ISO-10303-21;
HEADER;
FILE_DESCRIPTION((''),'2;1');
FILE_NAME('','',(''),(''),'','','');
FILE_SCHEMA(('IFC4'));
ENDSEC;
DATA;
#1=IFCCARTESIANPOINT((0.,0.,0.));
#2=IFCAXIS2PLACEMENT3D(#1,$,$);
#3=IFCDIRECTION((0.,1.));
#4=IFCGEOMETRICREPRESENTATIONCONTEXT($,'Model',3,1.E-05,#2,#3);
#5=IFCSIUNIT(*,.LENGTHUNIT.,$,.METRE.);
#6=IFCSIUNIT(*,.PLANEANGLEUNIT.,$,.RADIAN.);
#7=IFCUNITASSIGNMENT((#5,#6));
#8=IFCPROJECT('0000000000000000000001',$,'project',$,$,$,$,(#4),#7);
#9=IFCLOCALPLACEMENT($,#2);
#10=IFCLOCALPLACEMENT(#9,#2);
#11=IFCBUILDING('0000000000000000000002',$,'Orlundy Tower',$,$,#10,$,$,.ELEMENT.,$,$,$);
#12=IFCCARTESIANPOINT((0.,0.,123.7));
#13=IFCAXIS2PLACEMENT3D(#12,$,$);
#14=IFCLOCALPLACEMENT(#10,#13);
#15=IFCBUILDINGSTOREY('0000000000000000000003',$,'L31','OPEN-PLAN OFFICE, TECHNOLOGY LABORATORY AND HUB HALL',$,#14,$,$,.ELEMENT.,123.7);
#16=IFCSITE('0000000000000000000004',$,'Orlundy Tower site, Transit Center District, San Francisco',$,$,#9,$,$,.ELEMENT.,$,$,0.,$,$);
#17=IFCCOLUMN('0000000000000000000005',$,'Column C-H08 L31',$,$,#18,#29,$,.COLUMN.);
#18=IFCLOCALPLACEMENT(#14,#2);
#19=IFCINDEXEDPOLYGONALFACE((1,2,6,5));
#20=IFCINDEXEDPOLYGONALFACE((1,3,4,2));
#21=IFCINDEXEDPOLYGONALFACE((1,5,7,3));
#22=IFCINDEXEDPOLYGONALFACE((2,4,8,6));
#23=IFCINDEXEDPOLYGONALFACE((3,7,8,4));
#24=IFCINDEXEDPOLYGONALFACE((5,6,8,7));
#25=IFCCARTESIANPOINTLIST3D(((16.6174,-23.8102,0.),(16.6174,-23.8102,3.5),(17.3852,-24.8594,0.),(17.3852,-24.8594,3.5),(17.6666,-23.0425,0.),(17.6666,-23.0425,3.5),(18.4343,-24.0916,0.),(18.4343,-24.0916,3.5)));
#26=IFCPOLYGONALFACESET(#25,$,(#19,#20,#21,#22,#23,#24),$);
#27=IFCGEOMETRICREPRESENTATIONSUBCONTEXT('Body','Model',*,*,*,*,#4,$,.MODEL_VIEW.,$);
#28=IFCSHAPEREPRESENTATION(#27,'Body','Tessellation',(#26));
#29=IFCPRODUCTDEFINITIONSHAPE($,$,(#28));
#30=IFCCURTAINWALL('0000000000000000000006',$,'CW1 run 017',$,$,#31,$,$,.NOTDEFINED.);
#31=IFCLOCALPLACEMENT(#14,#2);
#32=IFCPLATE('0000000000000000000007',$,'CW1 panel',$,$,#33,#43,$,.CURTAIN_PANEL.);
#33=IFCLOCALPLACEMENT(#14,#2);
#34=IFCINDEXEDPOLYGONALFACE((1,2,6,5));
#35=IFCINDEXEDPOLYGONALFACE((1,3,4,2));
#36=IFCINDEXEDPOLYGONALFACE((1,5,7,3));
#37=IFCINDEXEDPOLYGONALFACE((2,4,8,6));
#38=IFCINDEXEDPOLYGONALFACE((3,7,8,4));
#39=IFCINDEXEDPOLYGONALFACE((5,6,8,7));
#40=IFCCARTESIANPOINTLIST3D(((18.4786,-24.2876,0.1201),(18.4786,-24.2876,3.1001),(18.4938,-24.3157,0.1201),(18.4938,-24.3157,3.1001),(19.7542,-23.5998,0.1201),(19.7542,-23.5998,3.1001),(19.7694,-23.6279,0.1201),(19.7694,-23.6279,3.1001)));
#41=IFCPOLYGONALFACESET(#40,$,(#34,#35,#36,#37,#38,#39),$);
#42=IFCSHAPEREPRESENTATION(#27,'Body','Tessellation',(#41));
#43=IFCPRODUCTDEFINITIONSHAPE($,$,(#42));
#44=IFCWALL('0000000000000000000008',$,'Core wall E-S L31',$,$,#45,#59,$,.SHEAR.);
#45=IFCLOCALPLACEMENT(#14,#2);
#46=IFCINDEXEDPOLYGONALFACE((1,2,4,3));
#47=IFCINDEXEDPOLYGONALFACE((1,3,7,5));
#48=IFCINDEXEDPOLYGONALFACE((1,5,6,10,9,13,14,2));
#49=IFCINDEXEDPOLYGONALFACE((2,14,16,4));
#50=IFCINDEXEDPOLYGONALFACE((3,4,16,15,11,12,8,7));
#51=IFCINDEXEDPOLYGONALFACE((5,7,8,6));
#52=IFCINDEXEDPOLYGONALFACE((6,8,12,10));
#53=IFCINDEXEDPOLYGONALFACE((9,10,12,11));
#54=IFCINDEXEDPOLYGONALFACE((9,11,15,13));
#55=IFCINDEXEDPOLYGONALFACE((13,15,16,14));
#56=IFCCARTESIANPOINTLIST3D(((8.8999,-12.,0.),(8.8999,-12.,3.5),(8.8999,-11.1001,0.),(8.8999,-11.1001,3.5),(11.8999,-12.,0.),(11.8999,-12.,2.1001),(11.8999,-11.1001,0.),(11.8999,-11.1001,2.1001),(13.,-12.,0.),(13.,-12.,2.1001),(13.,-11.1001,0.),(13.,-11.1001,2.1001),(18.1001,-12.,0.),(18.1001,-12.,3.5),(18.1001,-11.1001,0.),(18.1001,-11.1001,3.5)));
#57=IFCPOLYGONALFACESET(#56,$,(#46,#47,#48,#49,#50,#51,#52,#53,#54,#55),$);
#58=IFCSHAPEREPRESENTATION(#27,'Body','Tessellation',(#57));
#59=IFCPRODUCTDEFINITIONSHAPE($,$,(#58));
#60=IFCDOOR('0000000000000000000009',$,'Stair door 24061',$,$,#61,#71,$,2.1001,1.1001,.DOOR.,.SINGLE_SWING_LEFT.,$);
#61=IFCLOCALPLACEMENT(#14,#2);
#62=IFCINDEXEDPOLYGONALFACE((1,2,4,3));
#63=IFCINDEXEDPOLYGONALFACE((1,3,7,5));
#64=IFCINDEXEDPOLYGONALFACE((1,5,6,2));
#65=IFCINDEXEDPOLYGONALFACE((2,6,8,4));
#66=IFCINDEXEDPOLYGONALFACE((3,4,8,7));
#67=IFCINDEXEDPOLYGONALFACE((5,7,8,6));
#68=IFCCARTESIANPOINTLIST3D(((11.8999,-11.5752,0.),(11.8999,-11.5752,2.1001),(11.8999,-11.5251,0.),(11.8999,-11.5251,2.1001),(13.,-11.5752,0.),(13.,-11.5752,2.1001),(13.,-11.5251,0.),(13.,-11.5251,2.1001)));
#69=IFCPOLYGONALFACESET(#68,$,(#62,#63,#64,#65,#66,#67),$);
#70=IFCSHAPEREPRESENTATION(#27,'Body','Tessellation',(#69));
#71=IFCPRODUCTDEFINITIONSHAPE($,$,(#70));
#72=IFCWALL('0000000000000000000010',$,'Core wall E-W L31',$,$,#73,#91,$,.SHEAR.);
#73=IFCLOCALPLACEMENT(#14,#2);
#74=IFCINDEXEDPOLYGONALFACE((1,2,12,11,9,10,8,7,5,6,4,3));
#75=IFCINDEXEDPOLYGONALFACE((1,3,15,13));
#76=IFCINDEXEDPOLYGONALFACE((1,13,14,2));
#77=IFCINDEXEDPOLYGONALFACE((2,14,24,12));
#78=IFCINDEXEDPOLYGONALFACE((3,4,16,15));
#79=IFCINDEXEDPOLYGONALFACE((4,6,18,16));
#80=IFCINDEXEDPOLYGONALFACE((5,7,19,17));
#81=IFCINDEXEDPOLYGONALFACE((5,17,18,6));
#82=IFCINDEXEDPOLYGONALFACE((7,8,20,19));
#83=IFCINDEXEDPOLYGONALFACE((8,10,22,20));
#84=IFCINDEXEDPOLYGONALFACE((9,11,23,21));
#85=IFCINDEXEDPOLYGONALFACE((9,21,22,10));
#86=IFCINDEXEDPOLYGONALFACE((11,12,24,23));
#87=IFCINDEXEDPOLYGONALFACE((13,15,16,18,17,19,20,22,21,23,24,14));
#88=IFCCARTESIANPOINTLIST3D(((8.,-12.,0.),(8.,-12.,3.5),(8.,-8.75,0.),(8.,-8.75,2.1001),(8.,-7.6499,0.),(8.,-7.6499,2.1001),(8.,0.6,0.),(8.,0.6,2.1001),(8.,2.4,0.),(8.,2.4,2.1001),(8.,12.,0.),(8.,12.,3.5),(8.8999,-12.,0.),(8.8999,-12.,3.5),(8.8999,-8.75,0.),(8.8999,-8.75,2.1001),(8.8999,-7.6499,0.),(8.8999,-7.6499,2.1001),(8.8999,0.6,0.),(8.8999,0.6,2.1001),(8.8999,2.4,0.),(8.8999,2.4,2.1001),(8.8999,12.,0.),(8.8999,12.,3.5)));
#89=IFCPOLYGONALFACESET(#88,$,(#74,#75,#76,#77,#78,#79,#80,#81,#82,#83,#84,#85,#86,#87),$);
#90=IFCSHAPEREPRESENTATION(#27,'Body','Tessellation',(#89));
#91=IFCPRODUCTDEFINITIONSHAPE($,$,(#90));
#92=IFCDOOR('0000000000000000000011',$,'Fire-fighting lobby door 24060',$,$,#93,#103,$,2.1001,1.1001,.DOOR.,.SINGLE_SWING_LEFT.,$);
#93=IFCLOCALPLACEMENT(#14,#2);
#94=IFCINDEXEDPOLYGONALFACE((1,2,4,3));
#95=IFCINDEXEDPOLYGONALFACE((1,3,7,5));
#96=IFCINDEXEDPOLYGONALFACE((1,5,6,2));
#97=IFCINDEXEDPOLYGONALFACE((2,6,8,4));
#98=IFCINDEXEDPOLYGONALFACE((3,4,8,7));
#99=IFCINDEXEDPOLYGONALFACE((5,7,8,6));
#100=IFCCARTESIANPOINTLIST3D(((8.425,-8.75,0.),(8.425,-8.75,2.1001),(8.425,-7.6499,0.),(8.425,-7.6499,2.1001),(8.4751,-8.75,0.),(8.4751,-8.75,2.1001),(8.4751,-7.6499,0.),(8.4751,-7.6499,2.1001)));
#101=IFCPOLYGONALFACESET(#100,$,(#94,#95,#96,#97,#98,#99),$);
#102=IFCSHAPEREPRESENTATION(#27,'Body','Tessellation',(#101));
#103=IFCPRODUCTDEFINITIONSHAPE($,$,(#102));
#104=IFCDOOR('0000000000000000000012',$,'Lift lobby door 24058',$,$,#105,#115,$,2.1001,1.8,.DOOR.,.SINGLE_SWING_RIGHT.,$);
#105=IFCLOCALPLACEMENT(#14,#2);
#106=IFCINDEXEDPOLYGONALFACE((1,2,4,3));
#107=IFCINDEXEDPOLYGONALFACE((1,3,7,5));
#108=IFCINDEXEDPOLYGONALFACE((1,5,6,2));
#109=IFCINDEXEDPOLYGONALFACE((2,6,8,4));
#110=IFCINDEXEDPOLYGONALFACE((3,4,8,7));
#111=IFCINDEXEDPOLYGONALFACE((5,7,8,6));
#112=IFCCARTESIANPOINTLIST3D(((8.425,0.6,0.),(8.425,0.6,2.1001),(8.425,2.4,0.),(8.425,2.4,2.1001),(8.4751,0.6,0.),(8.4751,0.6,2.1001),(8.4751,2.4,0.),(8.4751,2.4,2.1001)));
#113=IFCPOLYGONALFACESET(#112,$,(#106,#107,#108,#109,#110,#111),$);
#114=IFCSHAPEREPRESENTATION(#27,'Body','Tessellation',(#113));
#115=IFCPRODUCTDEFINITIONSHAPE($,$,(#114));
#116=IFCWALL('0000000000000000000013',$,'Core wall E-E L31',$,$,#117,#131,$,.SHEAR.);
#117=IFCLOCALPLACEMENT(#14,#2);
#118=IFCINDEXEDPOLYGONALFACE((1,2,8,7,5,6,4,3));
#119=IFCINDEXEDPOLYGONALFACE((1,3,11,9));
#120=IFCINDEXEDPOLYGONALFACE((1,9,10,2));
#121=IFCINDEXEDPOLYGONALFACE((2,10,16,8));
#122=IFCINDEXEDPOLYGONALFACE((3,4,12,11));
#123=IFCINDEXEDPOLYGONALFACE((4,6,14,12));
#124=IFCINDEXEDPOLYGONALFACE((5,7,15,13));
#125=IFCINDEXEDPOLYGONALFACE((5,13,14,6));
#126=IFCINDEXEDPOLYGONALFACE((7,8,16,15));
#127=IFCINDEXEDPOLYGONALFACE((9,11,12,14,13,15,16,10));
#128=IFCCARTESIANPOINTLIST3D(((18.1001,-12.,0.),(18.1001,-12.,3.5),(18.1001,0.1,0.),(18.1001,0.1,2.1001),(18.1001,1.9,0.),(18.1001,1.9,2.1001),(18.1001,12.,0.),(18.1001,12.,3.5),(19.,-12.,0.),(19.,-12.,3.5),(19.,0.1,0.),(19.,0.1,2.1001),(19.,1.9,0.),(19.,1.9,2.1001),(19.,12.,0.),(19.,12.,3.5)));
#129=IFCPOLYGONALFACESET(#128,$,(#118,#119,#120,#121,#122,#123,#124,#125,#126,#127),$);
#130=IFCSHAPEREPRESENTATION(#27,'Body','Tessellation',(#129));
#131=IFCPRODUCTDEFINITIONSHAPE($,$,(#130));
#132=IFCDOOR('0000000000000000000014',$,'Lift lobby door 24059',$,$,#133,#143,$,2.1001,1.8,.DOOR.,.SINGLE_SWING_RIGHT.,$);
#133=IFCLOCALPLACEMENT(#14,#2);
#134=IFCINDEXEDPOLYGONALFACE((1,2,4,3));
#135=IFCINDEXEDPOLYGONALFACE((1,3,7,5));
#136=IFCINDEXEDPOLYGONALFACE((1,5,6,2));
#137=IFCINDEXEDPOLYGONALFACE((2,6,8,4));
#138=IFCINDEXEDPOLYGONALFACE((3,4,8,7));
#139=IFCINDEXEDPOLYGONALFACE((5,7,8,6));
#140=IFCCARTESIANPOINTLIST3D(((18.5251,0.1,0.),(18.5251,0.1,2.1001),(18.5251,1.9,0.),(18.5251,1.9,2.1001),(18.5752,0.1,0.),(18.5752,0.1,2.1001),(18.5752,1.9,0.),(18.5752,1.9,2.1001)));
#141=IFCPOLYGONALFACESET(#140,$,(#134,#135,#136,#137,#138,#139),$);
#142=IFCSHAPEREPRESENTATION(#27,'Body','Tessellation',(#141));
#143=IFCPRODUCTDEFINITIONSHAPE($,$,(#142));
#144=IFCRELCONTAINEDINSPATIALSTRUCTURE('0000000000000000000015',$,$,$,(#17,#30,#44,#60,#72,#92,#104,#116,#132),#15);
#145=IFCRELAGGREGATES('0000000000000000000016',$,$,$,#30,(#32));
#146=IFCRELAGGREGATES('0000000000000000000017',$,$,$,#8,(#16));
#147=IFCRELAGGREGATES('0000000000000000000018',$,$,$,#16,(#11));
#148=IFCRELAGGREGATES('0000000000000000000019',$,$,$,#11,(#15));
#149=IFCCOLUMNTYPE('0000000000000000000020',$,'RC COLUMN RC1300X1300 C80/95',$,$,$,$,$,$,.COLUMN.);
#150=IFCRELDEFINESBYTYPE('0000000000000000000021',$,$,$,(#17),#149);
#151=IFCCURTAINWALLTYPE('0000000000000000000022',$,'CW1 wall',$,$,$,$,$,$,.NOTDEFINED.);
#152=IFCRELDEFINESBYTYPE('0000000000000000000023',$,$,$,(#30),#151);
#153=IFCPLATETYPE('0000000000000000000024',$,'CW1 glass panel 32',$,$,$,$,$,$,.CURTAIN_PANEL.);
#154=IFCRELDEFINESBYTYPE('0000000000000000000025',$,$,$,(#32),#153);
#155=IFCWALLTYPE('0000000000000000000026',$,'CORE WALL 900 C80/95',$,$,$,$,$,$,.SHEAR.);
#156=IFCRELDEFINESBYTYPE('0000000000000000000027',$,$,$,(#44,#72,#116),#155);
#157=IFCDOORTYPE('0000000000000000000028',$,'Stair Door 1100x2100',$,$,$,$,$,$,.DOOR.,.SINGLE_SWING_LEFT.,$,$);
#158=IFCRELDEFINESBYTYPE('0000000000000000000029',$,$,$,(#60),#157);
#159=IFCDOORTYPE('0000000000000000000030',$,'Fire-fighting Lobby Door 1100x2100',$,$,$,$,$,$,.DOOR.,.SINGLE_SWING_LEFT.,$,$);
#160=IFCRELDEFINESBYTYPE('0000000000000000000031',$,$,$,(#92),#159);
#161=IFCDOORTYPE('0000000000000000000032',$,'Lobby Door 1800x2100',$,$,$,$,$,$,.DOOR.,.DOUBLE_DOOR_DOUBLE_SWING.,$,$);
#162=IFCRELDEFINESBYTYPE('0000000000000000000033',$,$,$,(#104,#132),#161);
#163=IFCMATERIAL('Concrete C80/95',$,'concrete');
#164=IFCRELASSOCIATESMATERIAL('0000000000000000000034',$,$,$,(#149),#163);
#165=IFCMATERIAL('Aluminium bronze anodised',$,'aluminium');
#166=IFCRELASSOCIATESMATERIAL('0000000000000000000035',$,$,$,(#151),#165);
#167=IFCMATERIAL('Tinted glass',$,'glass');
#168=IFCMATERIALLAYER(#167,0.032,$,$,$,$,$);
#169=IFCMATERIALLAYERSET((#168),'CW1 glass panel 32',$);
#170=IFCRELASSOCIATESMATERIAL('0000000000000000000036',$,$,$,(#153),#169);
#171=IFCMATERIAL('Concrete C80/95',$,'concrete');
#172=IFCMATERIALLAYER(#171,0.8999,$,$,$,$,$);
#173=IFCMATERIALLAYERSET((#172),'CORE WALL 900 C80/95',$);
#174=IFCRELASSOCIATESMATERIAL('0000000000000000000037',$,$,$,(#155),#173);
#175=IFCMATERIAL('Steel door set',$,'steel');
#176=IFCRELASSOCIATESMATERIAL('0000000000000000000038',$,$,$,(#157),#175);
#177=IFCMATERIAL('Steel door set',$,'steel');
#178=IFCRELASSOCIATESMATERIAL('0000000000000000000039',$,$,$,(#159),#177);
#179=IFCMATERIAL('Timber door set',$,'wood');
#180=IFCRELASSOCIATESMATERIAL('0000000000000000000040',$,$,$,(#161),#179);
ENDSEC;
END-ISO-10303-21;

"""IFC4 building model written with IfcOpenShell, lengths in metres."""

from ifc_helpers import new_model, si_unit, direction, frame, frame_2d, origin, origin_2d, place, context, subcontext, project, spatial, rectangle, extrude, material, layer, layer_set, material_profile, profile_set, type_object, element, fill, aggregate, save


model = new_model("IFC4")

# Units and contexts
model_context = context("Model", 3, precision=1e-05, world=origin(), true_north=direction((0.0, 1.0)))
body_context = subcontext(model_context, "Body", "Model", "MODEL_VIEW")
ifc_project = project(units=[si_unit("LENGTHUNIT", "METRE"), si_unit("PLANEANGLEUNIT", "RADIAN")], contexts=[model_context])

# Site, building, storey
site_placement = place(None, origin())
site = spatial("IfcSite", under=ifc_project, at=site_placement, Name="Orlundy Tower site, Transit Center District, San Francisco", CompositionType="ELEMENT", RefElevation=0.0)
building_placement = place(site_placement, origin())
building = spatial("IfcBuilding", under=site, at=building_placement, Name="Orlundy Tower", CompositionType="ELEMENT")
storey_placement = place(building_placement, frame((0.0, 0.0, 123.7)))
storey = spatial("IfcBuildingStorey", under=building, at=storey_placement, Name="L31", Description="OPEN-PLAN OFFICE, TECHNOLOGY LABORATORY AND HUB HALL", CompositionType="ELEMENT", Elevation=123.7)

# Column
ifc_material_1 = material(Name="Concrete C80/95", Category="concrete")
ifc_material_profile = material_profile(ifc_material_1, rectangle(XDim=1.3, YDim=1.3, at=origin_2d()), Name="RC1300X1300")
ifc_profile_set = profile_set([ifc_material_profile], Name="Concrete C80/95")
column_type = type_object("IfcColumnType", Name="RC COLUMN RC1300X1300 C80/95", PredefinedType="COLUMN", material=ifc_profile_set)
column_placement = place(storey_placement, frame((17.5259, -23.9509, 0.0), z_axis=(0.0, 0.0, 1.0), x_axis=(0.590535, -0.807012, 0.0)))
element("IfcColumn", 1, at=column_placement, inside=storey, type_object=column_type, Name="Column C-H08 L31", PredefinedType="COLUMN", context=body_context, shape_type="SweptSolid", body=[
    extrude(rectangle(XDim=1.3, YDim=1.3, at=origin_2d()), origin(), (0.0, 0.0, 1.0), 3.5),
])

# Curtain wall, plate
ifc_material_2 = material(Name="Aluminium bronze anodised", Category="aluminium")
curtain_wall_type = type_object("IfcCurtainWallType", Name="CW1 wall", PredefinedType="NOTDEFINED", material=ifc_material_2)
curtain_wall_placement = place(storey_placement, origin())
curtain_wall = element("IfcCurtainWall", 2, at=curtain_wall_placement, inside=storey, type_object=curtain_wall_type, Name="CW1 run 017", PredefinedType="NOTDEFINED")
ifc_material_3 = material(Name="Tinted glass", Category="glass")
ifc_layer_1 = layer(ifc_material_3, 0.032)
ifc_layer_set_1 = layer_set([ifc_layer_1], Name="CW1 glass panel 32")
plate_type = type_object("IfcPlateType", Name="CW1 glass panel 32", PredefinedType="CURTAIN_PANEL", material=ifc_layer_set_1)
plate_placement = place(storey_placement, frame((19.124, -23.9578, 0.1201), z_axis=(0.0, 0.0, 1.0), x_axis=(-0.880193, -0.474616, 0.0)))
plate = element("IfcPlate", 3, at=plate_placement, type_object=plate_type, Name="CW1 panel", PredefinedType="CURTAIN_PANEL", context=body_context, shape_type="SweptSolid", body=[
    extrude(rectangle(XDim=1.4492, YDim=0.032, at=origin_2d()), origin(), (0.0, 0.0, 1.0), 2.98),
])
aggregate(curtain_wall, [plate])

# Wall, opening, door
ifc_material_4 = material(Name="Concrete C80/95", Category="concrete")
ifc_layer_2 = layer(ifc_material_4, 0.8999)
ifc_layer_set_2 = layer_set([ifc_layer_2], Name="CORE WALL 900 C80/95")
wall_type_1 = type_object("IfcWallType", Name="CORE WALL 900 C80/95", PredefinedType="SHEAR", material=ifc_layer_set_2)
wall_1_placement = place(storey_placement, frame((8.8999, -11.55, 0.0), z_axis=(0.0, 0.0, 1.0), x_axis=(1.0, 0.0, 0.0)))
wall_1 = element("IfcWall", 4, at=wall_1_placement, inside=storey, type_object=wall_type_1, Name="Core wall E-S L31", PredefinedType="SHEAR", context=body_context, shape_type="SweptSolid", body=[
    extrude(rectangle(XDim=9.2002, YDim=0.8999, at=frame_2d((4.6001, 0.0))), origin(), (0.0, 0.0, 1.0), 3.5),
])
opening_1_placement = place(wall_1_placement, frame((3.0, 0.0, 0.0)))
opening_1 = element("IfcOpeningElement", 5, at=opening_1_placement, cuts=wall_1, PredefinedType="OPENING", context=body_context, shape_type="SweptSolid", body=[
    extrude(rectangle(XDim=1.1001, YDim=2.1001, at=frame_2d((0.55, 1.05))), frame((0.0, 0.46, 0.0), z_axis=(0.0, -1.0, 0.0), x_axis=(1.0, 0.0, 0.0)), (0.0, 0.0, 1.0), 0.9199),
])
ifc_material_5 = material(Name="Steel door set", Category="steel")
door_type_1 = type_object("IfcDoorType", Name="Stair Door 1100x2100", OperationType="SINGLE_SWING_LEFT", PredefinedType="DOOR", material=ifc_material_5)
door_1_placement = place(opening_1_placement, origin())
door_1 = element("IfcDoor", 6, at=door_1_placement, inside=storey, type_object=door_type_1, Name="Stair door 24061", OperationType="SINGLE_SWING_LEFT", OverallHeight=2.1001, OverallWidth=1.1001, PredefinedType="DOOR", context=body_context, shape_type="SweptSolid", body=[
    extrude(rectangle(XDim=1.1001, YDim=2.1001, at=frame_2d((0.55, 1.05))), frame((0.0, 0.0249, 0.0), z_axis=(0.0, -1.0, 0.0), x_axis=(1.0, 0.0, 0.0)), (0.0, 0.0, 1.0), 0.05),
])
fill(opening_1, door_1)

# Wall, openings, doors
wall_2_placement = place(storey_placement, frame((8.45, -12.0, 0.0), z_axis=(0.0, 0.0, 1.0), x_axis=(0.0, 1.0, 0.0)))
wall_2 = element("IfcWall", 7, at=wall_2_placement, inside=storey, type_object=wall_type_1, Name="Core wall E-W L31", PredefinedType="SHEAR", context=body_context, shape_type="SweptSolid", body=[
    extrude(rectangle(XDim=24.0, YDim=0.8999, at=frame_2d((12.0, 0.0))), origin(), (0.0, 0.0, 1.0), 3.5),
])
opening_2_placement = place(wall_2_placement, frame((12.6001, 0.0, 0.0)))
opening_2 = element("IfcOpeningElement", 8, at=opening_2_placement, cuts=wall_2, PredefinedType="OPENING", context=body_context, shape_type="SweptSolid", body=[
    extrude(rectangle(XDim=1.8, YDim=2.1001, at=frame_2d((0.8999, 1.05))), frame((0.0, 0.46, 0.0), z_axis=(0.0, -1.0, 0.0), x_axis=(1.0, 0.0, 0.0)), (0.0, 0.0, 1.0), 0.9199),
])
opening_3_placement = place(wall_2_placement, frame((3.25, 0.0, 0.0)))
opening_3 = element("IfcOpeningElement", 9, at=opening_3_placement, cuts=wall_2, PredefinedType="OPENING", context=body_context, shape_type="SweptSolid", body=[
    extrude(rectangle(XDim=1.1001, YDim=2.1001, at=frame_2d((0.55, 1.05))), frame((0.0, 0.46, 0.0), z_axis=(0.0, -1.0, 0.0), x_axis=(1.0, 0.0, 0.0)), (0.0, 0.0, 1.0), 0.9199),
])
ifc_material_6 = material(Name="Steel door set", Category="steel")
door_type_2 = type_object("IfcDoorType", Name="Fire-fighting Lobby Door 1100x2100", OperationType="SINGLE_SWING_LEFT", PredefinedType="DOOR", material=ifc_material_6)
door_2_placement = place(opening_3_placement, origin())
door_2 = element("IfcDoor", 10, at=door_2_placement, inside=storey, type_object=door_type_2, Name="Fire-fighting lobby door 24060", OperationType="SINGLE_SWING_LEFT", OverallHeight=2.1001, OverallWidth=1.1001, PredefinedType="DOOR", context=body_context, shape_type="SweptSolid", body=[
    extrude(rectangle(XDim=1.1001, YDim=2.1001, at=frame_2d((0.55, 1.05))), frame((0.0, 0.0249, 0.0), z_axis=(0.0, -1.0, 0.0), x_axis=(1.0, 0.0, 0.0)), (0.0, 0.0, 1.0), 0.05),
])
fill(opening_3, door_2)
ifc_material_7 = material(Name="Timber door set", Category="wood")
door_type_3 = type_object("IfcDoorType", Name="Lobby Door 1800x2100", OperationType="DOUBLE_DOOR_DOUBLE_SWING", PredefinedType="DOOR", material=ifc_material_7)
door_3_placement = place(opening_2_placement, origin())
door_3 = element("IfcDoor", 11, at=door_3_placement, inside=storey, type_object=door_type_3, Name="Lift lobby door 24058", OperationType="SINGLE_SWING_RIGHT", OverallHeight=2.1001, OverallWidth=1.8, PredefinedType="DOOR", context=body_context, shape_type="SweptSolid", body=[
    extrude(rectangle(XDim=1.8, YDim=2.1001, at=frame_2d((0.8999, 1.05))), frame((0.0, 0.0249, 0.0), z_axis=(0.0, -1.0, 0.0), x_axis=(1.0, 0.0, 0.0)), (0.0, 0.0, 1.0), 0.05),
])
fill(opening_2, door_3)

# Wall, opening, door
wall_3_placement = place(storey_placement, frame((18.55, -12.0, 0.0), z_axis=(0.0, 0.0, 1.0), x_axis=(0.0, 1.0, 0.0)))
wall_3 = element("IfcWall", 12, at=wall_3_placement, inside=storey, type_object=wall_type_1, Name="Core wall E-E L31", PredefinedType="SHEAR", context=body_context, shape_type="SweptSolid", body=[
    extrude(rectangle(XDim=24.0, YDim=0.8999, at=frame_2d((12.0, 0.0))), origin(), (0.0, 0.0, 1.0), 3.5),
])
opening_4_placement = place(wall_3_placement, frame((12.1001, 0.0, 0.0)))
opening_4 = element("IfcOpeningElement", 13, at=opening_4_placement, cuts=wall_3, PredefinedType="OPENING", context=body_context, shape_type="SweptSolid", body=[
    extrude(rectangle(XDim=1.8, YDim=2.1001, at=frame_2d((0.8999, 1.05))), frame((0.0, 0.46, 0.0), z_axis=(0.0, -1.0, 0.0), x_axis=(1.0, 0.0, 0.0)), (0.0, 0.0, 1.0), 0.9199),
])
door_4_placement = place(opening_4_placement, origin())
door_4 = element("IfcDoor", 14, at=door_4_placement, inside=storey, type_object=door_type_3, Name="Lift lobby door 24059", OperationType="SINGLE_SWING_RIGHT", OverallHeight=2.1001, OverallWidth=1.8, PredefinedType="DOOR", context=body_context, shape_type="SweptSolid", body=[
    extrude(rectangle(XDim=1.8, YDim=2.1001, at=frame_2d((0.8999, 1.05))), frame((0.0, 0.0249, 0.0), z_axis=(0.0, -1.0, 0.0), x_axis=(1.0, 0.0, 0.0)), (0.0, 0.0, 1.0), 0.05),
])
fill(opening_4, door_4)

save(model, "model.ifc")
